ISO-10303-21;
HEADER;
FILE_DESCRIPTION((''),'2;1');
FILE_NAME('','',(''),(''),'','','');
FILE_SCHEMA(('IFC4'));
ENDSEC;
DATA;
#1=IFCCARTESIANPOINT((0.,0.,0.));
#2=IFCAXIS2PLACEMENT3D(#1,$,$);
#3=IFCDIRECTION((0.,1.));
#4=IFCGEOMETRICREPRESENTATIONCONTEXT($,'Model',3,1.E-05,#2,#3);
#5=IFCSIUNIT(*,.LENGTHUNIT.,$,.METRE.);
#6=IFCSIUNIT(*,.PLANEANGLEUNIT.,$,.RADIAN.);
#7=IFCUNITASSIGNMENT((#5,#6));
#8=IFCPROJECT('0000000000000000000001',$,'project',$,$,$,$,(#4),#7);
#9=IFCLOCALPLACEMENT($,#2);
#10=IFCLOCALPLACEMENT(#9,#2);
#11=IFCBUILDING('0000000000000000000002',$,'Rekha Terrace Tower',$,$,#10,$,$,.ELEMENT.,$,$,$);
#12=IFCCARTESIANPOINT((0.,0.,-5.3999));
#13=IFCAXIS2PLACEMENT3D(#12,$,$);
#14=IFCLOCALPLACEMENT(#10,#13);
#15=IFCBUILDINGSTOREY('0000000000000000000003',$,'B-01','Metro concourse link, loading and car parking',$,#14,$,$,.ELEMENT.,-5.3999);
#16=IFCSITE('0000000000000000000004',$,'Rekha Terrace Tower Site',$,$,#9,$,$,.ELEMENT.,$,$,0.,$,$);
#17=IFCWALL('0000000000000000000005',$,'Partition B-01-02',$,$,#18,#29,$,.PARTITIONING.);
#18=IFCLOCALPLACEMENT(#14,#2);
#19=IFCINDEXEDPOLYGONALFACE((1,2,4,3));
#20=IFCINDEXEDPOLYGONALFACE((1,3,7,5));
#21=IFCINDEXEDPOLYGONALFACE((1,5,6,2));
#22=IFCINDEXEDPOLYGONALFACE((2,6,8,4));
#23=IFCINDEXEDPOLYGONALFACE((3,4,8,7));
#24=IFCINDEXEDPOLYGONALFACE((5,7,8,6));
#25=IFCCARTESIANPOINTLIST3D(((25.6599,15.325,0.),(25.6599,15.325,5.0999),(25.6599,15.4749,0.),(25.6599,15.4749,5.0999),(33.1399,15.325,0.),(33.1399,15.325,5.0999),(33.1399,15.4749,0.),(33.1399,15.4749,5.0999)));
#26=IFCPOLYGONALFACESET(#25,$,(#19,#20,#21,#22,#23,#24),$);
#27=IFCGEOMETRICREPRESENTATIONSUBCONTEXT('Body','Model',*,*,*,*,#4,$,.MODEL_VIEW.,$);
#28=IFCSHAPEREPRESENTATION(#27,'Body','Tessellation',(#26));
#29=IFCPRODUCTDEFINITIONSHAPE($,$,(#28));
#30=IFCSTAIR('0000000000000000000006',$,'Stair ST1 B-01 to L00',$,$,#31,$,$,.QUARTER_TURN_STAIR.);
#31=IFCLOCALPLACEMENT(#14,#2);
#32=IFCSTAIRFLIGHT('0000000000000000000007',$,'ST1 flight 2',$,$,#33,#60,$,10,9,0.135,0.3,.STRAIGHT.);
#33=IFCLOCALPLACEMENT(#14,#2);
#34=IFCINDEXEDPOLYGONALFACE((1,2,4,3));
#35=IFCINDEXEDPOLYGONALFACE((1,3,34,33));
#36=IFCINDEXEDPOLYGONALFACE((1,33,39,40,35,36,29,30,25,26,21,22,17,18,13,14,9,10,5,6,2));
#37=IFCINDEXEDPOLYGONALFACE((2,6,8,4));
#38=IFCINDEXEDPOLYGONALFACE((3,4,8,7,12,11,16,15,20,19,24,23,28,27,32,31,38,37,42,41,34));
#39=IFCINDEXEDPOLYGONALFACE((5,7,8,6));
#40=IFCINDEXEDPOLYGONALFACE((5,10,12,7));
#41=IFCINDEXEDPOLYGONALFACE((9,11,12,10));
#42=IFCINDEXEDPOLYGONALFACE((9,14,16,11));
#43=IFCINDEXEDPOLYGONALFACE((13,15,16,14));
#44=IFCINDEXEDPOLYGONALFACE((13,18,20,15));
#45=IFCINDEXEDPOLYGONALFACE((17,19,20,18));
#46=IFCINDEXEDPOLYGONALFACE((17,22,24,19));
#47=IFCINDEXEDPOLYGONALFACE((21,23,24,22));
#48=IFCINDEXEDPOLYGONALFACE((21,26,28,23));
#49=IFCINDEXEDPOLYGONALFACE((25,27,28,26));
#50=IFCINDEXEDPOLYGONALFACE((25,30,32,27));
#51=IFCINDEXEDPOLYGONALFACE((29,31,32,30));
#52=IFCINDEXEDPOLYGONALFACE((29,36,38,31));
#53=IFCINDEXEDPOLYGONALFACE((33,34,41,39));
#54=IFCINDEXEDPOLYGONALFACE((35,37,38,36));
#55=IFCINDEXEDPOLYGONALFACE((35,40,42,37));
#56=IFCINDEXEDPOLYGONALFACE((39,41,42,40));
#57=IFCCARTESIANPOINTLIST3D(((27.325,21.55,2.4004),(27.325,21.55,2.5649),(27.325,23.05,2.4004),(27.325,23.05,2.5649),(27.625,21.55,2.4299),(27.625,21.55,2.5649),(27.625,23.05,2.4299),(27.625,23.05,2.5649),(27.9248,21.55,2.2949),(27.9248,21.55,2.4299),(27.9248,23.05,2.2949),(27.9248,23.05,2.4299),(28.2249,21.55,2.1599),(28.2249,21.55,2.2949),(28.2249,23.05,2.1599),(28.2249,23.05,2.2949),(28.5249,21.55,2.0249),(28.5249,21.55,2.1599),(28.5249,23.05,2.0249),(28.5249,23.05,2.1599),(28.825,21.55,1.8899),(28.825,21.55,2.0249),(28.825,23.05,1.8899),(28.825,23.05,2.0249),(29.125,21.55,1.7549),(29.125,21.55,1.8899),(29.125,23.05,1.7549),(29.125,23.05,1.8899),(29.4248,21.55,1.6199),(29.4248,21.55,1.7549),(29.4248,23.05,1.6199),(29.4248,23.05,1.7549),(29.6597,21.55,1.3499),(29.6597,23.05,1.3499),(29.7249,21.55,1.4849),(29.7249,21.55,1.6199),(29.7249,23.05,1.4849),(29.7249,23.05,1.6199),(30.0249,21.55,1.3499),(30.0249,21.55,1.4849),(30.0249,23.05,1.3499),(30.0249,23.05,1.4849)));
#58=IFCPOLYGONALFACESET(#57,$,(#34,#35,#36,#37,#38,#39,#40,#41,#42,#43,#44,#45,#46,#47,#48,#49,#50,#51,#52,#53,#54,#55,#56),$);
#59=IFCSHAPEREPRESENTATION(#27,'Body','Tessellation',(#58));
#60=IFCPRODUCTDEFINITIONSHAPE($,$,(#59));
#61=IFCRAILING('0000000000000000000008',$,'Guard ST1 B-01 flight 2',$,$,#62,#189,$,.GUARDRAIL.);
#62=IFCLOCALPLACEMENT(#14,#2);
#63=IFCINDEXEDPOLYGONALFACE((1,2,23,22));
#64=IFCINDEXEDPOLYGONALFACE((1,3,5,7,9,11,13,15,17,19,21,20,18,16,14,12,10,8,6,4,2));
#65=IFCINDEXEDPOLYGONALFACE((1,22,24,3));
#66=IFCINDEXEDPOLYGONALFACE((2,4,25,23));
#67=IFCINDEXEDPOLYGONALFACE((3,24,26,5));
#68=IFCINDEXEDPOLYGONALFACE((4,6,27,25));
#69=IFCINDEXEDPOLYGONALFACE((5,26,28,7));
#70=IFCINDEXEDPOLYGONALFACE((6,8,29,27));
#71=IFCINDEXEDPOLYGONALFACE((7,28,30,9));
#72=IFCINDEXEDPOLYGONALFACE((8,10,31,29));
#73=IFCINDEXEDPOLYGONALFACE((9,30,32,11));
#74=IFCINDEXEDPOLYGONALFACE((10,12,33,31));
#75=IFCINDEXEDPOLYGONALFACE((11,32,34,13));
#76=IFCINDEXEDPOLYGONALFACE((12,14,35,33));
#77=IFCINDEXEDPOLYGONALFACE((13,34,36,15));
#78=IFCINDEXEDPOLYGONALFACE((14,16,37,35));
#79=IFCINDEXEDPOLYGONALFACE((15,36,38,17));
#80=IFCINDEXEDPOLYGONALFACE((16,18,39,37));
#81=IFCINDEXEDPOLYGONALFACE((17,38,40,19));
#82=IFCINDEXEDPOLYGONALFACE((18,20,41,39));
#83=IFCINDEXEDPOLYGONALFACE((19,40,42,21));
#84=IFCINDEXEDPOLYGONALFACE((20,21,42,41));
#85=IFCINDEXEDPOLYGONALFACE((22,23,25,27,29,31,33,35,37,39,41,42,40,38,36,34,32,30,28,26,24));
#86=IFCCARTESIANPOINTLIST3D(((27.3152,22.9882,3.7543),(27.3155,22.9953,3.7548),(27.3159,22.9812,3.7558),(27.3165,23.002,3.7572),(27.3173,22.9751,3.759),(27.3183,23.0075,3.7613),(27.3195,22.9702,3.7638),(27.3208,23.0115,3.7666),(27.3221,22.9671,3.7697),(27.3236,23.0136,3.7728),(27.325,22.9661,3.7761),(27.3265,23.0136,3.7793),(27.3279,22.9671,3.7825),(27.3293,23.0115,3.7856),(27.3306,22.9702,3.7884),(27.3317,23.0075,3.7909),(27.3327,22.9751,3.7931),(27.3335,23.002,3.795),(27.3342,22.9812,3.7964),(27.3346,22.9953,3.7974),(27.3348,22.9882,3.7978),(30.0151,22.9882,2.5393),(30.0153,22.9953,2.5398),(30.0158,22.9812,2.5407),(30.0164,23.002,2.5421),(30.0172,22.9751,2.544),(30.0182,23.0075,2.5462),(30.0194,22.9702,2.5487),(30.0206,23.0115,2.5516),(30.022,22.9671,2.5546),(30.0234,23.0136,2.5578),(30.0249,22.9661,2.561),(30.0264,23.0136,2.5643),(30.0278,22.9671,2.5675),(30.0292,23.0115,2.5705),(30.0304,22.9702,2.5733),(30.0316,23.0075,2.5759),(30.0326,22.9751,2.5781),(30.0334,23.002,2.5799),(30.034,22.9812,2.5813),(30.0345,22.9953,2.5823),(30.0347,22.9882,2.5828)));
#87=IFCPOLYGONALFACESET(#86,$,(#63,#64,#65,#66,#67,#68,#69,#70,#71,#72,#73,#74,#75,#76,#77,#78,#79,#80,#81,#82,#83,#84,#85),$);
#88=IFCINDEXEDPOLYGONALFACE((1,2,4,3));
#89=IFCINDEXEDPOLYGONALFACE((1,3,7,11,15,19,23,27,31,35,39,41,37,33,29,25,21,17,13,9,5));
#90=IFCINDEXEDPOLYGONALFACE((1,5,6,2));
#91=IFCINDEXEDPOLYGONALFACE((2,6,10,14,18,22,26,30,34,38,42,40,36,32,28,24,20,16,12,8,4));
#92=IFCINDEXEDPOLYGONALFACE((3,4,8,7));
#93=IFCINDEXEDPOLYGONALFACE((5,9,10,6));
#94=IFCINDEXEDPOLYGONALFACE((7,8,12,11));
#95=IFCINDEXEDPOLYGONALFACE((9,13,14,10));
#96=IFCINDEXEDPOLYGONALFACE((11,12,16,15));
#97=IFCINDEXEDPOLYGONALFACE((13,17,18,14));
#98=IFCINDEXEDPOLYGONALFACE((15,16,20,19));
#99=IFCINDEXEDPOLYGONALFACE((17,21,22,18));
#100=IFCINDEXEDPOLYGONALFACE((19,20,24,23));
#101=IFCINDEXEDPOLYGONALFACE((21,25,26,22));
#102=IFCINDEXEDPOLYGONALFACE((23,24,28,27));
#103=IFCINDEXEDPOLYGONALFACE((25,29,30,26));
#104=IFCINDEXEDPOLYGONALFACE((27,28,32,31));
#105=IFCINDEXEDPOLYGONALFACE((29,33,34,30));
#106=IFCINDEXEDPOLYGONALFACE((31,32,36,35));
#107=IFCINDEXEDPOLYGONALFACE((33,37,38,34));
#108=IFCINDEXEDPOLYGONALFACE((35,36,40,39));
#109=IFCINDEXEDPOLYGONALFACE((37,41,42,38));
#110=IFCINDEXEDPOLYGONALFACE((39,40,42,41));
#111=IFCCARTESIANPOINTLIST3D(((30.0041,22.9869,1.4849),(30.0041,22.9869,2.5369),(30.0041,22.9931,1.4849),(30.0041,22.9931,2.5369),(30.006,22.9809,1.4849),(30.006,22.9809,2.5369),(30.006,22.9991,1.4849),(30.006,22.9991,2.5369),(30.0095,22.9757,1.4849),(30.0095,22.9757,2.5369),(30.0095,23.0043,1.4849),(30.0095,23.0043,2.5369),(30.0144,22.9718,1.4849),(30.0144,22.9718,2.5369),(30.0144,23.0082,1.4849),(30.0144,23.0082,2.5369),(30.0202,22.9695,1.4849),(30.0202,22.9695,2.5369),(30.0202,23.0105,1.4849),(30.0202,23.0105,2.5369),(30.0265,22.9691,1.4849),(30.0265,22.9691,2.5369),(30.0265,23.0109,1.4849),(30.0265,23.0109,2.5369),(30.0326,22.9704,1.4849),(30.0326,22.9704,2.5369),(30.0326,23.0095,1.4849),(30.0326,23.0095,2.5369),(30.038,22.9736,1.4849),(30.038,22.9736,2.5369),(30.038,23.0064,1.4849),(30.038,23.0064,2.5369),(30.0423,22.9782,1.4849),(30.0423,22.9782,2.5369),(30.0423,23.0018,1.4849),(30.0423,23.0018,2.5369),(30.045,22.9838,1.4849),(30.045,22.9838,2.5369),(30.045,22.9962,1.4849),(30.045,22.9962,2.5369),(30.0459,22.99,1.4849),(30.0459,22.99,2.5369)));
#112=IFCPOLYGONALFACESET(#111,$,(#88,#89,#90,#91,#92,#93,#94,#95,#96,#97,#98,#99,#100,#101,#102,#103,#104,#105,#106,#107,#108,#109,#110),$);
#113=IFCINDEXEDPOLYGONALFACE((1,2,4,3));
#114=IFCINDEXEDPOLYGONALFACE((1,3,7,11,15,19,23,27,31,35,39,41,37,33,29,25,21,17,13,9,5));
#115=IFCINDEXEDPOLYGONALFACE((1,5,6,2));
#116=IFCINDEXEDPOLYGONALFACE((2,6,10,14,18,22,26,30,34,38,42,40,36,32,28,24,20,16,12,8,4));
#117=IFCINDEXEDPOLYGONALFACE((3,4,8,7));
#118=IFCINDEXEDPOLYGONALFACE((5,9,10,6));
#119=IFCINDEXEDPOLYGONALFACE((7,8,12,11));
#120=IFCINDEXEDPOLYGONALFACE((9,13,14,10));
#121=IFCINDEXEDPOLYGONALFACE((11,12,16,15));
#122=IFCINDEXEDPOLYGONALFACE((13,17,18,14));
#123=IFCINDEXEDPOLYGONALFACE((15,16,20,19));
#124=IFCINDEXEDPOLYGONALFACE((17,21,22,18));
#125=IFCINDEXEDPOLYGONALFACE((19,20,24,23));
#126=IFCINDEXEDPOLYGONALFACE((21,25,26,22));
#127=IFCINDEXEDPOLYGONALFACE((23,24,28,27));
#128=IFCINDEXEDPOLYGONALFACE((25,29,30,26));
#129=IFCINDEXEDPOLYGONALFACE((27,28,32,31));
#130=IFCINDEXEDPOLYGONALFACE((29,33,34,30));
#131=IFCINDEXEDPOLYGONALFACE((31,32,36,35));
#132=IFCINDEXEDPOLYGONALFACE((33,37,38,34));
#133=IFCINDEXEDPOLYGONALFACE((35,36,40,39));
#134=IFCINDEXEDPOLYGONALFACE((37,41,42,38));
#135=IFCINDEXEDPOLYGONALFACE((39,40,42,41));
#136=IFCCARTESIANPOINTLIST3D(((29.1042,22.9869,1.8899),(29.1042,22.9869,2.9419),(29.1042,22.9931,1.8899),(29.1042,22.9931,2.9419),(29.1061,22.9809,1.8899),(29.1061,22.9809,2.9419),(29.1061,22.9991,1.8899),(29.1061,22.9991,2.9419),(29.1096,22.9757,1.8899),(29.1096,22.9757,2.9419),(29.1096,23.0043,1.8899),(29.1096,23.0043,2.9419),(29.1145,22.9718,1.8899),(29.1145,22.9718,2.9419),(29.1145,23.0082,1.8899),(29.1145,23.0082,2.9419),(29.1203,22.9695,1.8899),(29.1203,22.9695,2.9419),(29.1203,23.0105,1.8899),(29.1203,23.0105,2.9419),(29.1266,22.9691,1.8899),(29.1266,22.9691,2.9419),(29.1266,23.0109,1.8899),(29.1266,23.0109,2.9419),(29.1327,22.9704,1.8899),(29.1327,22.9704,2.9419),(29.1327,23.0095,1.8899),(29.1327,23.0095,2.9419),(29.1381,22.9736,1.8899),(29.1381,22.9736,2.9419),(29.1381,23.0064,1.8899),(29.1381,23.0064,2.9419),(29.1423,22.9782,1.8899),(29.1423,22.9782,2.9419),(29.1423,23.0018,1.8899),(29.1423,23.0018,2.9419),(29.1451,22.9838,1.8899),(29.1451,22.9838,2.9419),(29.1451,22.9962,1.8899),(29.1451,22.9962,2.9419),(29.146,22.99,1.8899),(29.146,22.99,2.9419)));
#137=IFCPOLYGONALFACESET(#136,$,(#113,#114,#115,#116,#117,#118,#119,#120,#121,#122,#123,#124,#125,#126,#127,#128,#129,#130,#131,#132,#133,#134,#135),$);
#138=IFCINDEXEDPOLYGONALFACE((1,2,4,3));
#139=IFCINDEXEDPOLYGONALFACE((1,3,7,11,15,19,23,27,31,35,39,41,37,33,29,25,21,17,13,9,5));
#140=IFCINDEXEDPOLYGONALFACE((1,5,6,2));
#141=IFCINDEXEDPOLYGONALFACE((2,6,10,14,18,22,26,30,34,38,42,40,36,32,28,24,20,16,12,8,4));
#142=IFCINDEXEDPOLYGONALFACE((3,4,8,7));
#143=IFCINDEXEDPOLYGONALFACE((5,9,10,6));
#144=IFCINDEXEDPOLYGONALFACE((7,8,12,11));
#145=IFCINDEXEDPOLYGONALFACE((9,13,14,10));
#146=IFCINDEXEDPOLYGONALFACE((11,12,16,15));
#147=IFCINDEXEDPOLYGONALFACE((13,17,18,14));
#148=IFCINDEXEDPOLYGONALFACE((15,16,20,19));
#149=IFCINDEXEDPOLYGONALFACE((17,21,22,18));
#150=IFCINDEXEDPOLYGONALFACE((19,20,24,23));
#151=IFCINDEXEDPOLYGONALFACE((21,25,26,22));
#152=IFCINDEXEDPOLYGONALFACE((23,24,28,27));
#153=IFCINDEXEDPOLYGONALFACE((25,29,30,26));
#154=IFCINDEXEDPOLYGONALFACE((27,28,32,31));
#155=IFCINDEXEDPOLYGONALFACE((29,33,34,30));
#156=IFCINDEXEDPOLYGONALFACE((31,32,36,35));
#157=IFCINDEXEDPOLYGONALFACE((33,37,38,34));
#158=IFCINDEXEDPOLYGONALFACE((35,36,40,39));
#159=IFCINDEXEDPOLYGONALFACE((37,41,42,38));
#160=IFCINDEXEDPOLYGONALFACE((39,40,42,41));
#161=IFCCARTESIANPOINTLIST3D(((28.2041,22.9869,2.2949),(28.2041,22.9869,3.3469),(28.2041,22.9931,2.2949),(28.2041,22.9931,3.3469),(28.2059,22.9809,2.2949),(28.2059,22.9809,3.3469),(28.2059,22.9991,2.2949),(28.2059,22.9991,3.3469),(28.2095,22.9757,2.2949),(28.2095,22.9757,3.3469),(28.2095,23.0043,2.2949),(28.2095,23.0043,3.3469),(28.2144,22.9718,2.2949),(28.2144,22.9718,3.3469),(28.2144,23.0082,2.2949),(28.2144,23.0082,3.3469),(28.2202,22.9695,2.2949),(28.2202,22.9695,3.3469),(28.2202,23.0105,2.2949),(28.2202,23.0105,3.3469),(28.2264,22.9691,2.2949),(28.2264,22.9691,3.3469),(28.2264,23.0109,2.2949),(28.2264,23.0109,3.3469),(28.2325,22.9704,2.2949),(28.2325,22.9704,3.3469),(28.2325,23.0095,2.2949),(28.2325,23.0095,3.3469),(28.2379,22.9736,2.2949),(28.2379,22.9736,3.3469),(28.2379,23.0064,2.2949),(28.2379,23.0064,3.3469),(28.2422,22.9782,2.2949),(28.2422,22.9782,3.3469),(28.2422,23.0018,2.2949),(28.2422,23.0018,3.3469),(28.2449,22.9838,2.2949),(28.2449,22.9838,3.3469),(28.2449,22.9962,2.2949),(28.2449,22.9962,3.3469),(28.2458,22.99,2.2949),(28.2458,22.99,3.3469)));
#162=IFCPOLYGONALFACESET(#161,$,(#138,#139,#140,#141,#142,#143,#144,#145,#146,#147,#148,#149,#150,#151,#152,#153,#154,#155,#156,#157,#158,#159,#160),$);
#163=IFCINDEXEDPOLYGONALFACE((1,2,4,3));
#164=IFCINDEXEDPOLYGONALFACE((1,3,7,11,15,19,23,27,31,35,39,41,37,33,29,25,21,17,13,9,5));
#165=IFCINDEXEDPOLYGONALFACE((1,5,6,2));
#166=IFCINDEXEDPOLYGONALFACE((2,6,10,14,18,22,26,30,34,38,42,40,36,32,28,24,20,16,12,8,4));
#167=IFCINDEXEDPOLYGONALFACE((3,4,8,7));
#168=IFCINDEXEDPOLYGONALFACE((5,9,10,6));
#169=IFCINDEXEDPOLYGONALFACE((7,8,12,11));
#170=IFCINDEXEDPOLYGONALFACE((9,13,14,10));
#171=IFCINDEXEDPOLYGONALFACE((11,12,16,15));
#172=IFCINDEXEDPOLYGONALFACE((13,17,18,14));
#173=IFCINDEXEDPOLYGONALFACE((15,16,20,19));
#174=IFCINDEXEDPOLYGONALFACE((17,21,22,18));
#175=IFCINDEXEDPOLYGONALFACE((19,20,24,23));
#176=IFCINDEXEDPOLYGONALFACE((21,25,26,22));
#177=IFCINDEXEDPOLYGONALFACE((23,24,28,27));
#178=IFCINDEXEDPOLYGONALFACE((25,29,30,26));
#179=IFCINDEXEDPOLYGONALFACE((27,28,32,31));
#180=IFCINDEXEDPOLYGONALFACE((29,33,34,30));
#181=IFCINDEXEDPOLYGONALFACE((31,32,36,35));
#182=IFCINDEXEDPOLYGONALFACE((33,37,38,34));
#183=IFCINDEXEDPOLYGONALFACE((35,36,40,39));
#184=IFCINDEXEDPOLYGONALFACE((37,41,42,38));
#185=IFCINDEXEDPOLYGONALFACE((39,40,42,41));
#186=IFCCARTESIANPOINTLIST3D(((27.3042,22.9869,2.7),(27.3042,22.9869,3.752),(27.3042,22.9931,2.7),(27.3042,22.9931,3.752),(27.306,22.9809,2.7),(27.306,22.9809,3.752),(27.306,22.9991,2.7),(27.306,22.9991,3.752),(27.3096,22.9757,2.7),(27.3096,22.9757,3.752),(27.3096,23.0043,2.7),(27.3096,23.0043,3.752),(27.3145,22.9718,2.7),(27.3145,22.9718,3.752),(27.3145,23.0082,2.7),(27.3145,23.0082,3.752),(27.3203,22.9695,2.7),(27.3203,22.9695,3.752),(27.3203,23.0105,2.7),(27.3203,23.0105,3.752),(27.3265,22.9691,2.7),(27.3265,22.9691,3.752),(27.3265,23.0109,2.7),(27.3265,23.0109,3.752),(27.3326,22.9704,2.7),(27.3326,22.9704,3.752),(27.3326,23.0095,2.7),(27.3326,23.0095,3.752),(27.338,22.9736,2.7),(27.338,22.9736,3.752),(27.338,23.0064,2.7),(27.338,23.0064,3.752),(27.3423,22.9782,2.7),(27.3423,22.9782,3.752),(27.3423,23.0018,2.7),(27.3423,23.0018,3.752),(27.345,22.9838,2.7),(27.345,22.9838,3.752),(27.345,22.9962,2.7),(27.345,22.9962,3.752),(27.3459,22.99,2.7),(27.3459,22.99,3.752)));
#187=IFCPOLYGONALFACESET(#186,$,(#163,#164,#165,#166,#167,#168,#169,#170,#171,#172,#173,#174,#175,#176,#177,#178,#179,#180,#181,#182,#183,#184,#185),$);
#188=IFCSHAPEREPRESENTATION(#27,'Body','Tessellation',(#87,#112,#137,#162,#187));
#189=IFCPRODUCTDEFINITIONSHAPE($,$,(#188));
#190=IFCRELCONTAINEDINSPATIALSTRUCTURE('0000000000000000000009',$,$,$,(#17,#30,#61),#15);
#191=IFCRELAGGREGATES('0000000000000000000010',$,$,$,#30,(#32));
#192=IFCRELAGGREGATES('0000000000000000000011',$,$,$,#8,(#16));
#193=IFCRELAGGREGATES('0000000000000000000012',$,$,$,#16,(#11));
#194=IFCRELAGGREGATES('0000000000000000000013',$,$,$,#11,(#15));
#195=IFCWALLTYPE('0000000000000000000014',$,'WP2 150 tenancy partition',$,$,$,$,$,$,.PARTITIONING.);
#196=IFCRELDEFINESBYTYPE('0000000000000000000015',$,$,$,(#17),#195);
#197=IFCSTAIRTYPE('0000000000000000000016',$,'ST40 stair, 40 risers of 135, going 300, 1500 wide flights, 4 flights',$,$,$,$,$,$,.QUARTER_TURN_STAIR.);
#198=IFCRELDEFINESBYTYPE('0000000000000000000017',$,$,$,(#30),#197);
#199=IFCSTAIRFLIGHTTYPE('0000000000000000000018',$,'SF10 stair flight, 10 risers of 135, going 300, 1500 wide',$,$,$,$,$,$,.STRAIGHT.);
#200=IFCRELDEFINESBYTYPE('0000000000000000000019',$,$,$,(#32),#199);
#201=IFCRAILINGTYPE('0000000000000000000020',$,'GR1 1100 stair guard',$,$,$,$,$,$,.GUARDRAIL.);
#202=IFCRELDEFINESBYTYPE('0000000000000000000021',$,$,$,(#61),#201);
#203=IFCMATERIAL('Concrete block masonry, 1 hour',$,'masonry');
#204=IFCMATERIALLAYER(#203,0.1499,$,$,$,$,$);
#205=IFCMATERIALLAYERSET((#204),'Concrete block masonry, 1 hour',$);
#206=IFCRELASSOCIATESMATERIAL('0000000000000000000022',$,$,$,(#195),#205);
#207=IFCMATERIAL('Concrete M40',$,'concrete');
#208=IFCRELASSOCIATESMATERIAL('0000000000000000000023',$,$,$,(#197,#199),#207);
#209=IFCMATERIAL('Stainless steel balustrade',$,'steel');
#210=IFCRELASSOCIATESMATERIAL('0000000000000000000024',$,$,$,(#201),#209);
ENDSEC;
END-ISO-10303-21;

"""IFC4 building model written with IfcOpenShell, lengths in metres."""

from ifc_helpers import new_model, si_unit, direction, frame, frame_2d, origin, origin_2d, place, context, subcontext, project, spatial, polyline, rectangle, circle, outline, extrude, material, layer, layer_set, type_object, element, aggregate, save


model = new_model("IFC4")

# Units and contexts
model_context = context("Model", 3, precision=1e-05, world=origin(), true_north=direction((0.0, 1.0)))
body_context = subcontext(model_context, "Body", "Model", "MODEL_VIEW")
ifc_project = project(units=[si_unit("LENGTHUNIT", "METRE"), si_unit("PLANEANGLEUNIT", "RADIAN")], contexts=[model_context])

# Site, building, storey
site_placement = place(None, origin())
site = spatial("IfcSite", under=ifc_project, at=site_placement, Name="Rekha Terrace Tower Site", CompositionType="ELEMENT", RefElevation=0.0)
building_placement = place(site_placement, origin())
building = spatial("IfcBuilding", under=site, at=building_placement, Name="Rekha Terrace Tower", CompositionType="ELEMENT")
storey_placement = place(building_placement, frame((0.0, 0.0, -5.3999)))
storey = spatial("IfcBuildingStorey", under=building, at=storey_placement, Name="B-01", Description="Metro concourse link, loading and car parking", CompositionType="ELEMENT", Elevation=-5.3999)

# Shared definitions
ifc_material_1 = material(Name="Concrete block masonry, 1 hour", Category="masonry")
ifc_layer_1 = layer(ifc_material_1, 0.1499)
ifc_layer_set_1 = layer_set([ifc_layer_1], Name="Concrete block masonry, 1 hour")
wall_type_1 = type_object("IfcWallType", Name="WP2 150 tenancy partition", PredefinedType="PARTITIONING", material=ifc_layer_set_1)

# Wall
wall_1_placement = place(storey_placement, frame((25.6599, 15.3999, 0.0), z_axis=(0.0, 0.0, 1.0), x_axis=(1.0, 0.0, 0.0)))
element("IfcWall", 1, at=wall_1_placement, inside=storey, type_object=wall_type_1, Name="Partition B-01-02", PredefinedType="PARTITIONING", context=body_context, shape_type="SweptSolid", body=[
    extrude(rectangle(XDim=7.48, YDim=0.1499, at=frame_2d((3.74, 0.0))), origin(), (0.0, 0.0, 1.0), 5.0999),
])

# Stair, stair flight
ifc_material_2 = material(Name="Concrete M40", Category="concrete")
stair_type = type_object("IfcStairType", Name="ST40 stair, 40 risers of 135, going 300, 1500 wide flights, 4 flights", PredefinedType="QUARTER_TURN_STAIR", material=ifc_material_2)
stair_placement = place(storey_placement, origin())
stair = element("IfcStair", 2, at=stair_placement, inside=storey, type_object=stair_type, Name="Stair ST1 B-01 to L00", PredefinedType="QUARTER_TURN_STAIR")
stair_flight_type = type_object("IfcStairFlightType", Name="SF10 stair flight, 10 risers of 135, going 300, 1500 wide", PredefinedType="STRAIGHT", material=ifc_material_2)
stair_flight_placement = place(storey_placement, frame((30.0249, 22.3, 1.3499), z_axis=(0.0, 0.0, 1.0), x_axis=(-1.0, 0.0, 0.0)))
stair_flight = element("IfcStairFlight", 3, at=stair_flight_placement, type_object=stair_flight_type, Name="ST1 flight 2", NumberOfRisers=10, NumberOfTreads=9, PredefinedType="STRAIGHT", RiserHeight=0.135, TreadLength=0.3, context=body_context, shape_type="SweptSolid", body=[
    extrude(outline(polyline([(0.0, 0.0), (0.0, 0.135), (0.3, 0.135), (0.3, 0.27), (0.6001, 0.27), (0.6001, 0.405), (0.8999, 0.405), (0.8999, 0.54), (1.2, 0.54), (1.2, 0.675), (1.5, 0.675), (1.5, 0.8101), (1.8, 0.8101), (1.8, 0.9451), (2.1001, 0.9451), (2.1001, 1.0801), (2.3999, 1.0801), (2.3999, 1.2151), (2.7, 1.2151), (2.7, 1.3501), (2.7, 1.0505), (0.3652, 0.0), (0.0, 0.0)])), frame((0.0, 0.75, 0.0), z_axis=(0.0, -1.0, 0.0), x_axis=(1.0, 0.0, 0.0)), (0.0, 0.0, 1.0), 1.5),
])
aggregate(stair, [stair_flight])

# Railing
ifc_material_3 = material(Name="Stainless steel balustrade", Category="steel")
railing_type_1 = type_object("IfcRailingType", Name="GR1 1100 stair guard", PredefinedType="GUARDRAIL", material=ifc_material_3)
railing_1_placement = place(storey_placement, frame((30.0249, 22.99, 1.4849)))
element("IfcRailing", 4, at=railing_1_placement, inside=storey, type_object=railing_type_1, Name="Guard ST1 B-01 flight 2", PredefinedType="GUARDRAIL", context=body_context, shape_type="SweptSolid", body=[
    extrude(circle(Radius=0.0239, at=origin_2d()), frame((0.0, 0.0, 1.0762), z_axis=(-0.911908, 0.0, 0.410396), x_axis=(0.0, -1.0, 0.0)), (0.0, 0.0, 1.0), 2.9607),
    extrude(circle(Radius=0.021, at=origin_2d()), origin(), (0.0, 0.0, 1.0), 1.052),
    extrude(circle(Radius=0.021, at=origin_2d()), frame((-0.8999, 0.0, 0.405)), (0.0, 0.0, 1.0), 1.052),
    extrude(circle(Radius=0.021, at=origin_2d()), frame((-1.8, 0.0, 0.8101)), (0.0, 0.0, 1.0), 1.052),
    extrude(circle(Radius=0.021, at=origin_2d()), frame((-2.7, 0.0, 1.2151)), (0.0, 0.0, 1.0), 1.052),
])

save(model, "model.ifc")
